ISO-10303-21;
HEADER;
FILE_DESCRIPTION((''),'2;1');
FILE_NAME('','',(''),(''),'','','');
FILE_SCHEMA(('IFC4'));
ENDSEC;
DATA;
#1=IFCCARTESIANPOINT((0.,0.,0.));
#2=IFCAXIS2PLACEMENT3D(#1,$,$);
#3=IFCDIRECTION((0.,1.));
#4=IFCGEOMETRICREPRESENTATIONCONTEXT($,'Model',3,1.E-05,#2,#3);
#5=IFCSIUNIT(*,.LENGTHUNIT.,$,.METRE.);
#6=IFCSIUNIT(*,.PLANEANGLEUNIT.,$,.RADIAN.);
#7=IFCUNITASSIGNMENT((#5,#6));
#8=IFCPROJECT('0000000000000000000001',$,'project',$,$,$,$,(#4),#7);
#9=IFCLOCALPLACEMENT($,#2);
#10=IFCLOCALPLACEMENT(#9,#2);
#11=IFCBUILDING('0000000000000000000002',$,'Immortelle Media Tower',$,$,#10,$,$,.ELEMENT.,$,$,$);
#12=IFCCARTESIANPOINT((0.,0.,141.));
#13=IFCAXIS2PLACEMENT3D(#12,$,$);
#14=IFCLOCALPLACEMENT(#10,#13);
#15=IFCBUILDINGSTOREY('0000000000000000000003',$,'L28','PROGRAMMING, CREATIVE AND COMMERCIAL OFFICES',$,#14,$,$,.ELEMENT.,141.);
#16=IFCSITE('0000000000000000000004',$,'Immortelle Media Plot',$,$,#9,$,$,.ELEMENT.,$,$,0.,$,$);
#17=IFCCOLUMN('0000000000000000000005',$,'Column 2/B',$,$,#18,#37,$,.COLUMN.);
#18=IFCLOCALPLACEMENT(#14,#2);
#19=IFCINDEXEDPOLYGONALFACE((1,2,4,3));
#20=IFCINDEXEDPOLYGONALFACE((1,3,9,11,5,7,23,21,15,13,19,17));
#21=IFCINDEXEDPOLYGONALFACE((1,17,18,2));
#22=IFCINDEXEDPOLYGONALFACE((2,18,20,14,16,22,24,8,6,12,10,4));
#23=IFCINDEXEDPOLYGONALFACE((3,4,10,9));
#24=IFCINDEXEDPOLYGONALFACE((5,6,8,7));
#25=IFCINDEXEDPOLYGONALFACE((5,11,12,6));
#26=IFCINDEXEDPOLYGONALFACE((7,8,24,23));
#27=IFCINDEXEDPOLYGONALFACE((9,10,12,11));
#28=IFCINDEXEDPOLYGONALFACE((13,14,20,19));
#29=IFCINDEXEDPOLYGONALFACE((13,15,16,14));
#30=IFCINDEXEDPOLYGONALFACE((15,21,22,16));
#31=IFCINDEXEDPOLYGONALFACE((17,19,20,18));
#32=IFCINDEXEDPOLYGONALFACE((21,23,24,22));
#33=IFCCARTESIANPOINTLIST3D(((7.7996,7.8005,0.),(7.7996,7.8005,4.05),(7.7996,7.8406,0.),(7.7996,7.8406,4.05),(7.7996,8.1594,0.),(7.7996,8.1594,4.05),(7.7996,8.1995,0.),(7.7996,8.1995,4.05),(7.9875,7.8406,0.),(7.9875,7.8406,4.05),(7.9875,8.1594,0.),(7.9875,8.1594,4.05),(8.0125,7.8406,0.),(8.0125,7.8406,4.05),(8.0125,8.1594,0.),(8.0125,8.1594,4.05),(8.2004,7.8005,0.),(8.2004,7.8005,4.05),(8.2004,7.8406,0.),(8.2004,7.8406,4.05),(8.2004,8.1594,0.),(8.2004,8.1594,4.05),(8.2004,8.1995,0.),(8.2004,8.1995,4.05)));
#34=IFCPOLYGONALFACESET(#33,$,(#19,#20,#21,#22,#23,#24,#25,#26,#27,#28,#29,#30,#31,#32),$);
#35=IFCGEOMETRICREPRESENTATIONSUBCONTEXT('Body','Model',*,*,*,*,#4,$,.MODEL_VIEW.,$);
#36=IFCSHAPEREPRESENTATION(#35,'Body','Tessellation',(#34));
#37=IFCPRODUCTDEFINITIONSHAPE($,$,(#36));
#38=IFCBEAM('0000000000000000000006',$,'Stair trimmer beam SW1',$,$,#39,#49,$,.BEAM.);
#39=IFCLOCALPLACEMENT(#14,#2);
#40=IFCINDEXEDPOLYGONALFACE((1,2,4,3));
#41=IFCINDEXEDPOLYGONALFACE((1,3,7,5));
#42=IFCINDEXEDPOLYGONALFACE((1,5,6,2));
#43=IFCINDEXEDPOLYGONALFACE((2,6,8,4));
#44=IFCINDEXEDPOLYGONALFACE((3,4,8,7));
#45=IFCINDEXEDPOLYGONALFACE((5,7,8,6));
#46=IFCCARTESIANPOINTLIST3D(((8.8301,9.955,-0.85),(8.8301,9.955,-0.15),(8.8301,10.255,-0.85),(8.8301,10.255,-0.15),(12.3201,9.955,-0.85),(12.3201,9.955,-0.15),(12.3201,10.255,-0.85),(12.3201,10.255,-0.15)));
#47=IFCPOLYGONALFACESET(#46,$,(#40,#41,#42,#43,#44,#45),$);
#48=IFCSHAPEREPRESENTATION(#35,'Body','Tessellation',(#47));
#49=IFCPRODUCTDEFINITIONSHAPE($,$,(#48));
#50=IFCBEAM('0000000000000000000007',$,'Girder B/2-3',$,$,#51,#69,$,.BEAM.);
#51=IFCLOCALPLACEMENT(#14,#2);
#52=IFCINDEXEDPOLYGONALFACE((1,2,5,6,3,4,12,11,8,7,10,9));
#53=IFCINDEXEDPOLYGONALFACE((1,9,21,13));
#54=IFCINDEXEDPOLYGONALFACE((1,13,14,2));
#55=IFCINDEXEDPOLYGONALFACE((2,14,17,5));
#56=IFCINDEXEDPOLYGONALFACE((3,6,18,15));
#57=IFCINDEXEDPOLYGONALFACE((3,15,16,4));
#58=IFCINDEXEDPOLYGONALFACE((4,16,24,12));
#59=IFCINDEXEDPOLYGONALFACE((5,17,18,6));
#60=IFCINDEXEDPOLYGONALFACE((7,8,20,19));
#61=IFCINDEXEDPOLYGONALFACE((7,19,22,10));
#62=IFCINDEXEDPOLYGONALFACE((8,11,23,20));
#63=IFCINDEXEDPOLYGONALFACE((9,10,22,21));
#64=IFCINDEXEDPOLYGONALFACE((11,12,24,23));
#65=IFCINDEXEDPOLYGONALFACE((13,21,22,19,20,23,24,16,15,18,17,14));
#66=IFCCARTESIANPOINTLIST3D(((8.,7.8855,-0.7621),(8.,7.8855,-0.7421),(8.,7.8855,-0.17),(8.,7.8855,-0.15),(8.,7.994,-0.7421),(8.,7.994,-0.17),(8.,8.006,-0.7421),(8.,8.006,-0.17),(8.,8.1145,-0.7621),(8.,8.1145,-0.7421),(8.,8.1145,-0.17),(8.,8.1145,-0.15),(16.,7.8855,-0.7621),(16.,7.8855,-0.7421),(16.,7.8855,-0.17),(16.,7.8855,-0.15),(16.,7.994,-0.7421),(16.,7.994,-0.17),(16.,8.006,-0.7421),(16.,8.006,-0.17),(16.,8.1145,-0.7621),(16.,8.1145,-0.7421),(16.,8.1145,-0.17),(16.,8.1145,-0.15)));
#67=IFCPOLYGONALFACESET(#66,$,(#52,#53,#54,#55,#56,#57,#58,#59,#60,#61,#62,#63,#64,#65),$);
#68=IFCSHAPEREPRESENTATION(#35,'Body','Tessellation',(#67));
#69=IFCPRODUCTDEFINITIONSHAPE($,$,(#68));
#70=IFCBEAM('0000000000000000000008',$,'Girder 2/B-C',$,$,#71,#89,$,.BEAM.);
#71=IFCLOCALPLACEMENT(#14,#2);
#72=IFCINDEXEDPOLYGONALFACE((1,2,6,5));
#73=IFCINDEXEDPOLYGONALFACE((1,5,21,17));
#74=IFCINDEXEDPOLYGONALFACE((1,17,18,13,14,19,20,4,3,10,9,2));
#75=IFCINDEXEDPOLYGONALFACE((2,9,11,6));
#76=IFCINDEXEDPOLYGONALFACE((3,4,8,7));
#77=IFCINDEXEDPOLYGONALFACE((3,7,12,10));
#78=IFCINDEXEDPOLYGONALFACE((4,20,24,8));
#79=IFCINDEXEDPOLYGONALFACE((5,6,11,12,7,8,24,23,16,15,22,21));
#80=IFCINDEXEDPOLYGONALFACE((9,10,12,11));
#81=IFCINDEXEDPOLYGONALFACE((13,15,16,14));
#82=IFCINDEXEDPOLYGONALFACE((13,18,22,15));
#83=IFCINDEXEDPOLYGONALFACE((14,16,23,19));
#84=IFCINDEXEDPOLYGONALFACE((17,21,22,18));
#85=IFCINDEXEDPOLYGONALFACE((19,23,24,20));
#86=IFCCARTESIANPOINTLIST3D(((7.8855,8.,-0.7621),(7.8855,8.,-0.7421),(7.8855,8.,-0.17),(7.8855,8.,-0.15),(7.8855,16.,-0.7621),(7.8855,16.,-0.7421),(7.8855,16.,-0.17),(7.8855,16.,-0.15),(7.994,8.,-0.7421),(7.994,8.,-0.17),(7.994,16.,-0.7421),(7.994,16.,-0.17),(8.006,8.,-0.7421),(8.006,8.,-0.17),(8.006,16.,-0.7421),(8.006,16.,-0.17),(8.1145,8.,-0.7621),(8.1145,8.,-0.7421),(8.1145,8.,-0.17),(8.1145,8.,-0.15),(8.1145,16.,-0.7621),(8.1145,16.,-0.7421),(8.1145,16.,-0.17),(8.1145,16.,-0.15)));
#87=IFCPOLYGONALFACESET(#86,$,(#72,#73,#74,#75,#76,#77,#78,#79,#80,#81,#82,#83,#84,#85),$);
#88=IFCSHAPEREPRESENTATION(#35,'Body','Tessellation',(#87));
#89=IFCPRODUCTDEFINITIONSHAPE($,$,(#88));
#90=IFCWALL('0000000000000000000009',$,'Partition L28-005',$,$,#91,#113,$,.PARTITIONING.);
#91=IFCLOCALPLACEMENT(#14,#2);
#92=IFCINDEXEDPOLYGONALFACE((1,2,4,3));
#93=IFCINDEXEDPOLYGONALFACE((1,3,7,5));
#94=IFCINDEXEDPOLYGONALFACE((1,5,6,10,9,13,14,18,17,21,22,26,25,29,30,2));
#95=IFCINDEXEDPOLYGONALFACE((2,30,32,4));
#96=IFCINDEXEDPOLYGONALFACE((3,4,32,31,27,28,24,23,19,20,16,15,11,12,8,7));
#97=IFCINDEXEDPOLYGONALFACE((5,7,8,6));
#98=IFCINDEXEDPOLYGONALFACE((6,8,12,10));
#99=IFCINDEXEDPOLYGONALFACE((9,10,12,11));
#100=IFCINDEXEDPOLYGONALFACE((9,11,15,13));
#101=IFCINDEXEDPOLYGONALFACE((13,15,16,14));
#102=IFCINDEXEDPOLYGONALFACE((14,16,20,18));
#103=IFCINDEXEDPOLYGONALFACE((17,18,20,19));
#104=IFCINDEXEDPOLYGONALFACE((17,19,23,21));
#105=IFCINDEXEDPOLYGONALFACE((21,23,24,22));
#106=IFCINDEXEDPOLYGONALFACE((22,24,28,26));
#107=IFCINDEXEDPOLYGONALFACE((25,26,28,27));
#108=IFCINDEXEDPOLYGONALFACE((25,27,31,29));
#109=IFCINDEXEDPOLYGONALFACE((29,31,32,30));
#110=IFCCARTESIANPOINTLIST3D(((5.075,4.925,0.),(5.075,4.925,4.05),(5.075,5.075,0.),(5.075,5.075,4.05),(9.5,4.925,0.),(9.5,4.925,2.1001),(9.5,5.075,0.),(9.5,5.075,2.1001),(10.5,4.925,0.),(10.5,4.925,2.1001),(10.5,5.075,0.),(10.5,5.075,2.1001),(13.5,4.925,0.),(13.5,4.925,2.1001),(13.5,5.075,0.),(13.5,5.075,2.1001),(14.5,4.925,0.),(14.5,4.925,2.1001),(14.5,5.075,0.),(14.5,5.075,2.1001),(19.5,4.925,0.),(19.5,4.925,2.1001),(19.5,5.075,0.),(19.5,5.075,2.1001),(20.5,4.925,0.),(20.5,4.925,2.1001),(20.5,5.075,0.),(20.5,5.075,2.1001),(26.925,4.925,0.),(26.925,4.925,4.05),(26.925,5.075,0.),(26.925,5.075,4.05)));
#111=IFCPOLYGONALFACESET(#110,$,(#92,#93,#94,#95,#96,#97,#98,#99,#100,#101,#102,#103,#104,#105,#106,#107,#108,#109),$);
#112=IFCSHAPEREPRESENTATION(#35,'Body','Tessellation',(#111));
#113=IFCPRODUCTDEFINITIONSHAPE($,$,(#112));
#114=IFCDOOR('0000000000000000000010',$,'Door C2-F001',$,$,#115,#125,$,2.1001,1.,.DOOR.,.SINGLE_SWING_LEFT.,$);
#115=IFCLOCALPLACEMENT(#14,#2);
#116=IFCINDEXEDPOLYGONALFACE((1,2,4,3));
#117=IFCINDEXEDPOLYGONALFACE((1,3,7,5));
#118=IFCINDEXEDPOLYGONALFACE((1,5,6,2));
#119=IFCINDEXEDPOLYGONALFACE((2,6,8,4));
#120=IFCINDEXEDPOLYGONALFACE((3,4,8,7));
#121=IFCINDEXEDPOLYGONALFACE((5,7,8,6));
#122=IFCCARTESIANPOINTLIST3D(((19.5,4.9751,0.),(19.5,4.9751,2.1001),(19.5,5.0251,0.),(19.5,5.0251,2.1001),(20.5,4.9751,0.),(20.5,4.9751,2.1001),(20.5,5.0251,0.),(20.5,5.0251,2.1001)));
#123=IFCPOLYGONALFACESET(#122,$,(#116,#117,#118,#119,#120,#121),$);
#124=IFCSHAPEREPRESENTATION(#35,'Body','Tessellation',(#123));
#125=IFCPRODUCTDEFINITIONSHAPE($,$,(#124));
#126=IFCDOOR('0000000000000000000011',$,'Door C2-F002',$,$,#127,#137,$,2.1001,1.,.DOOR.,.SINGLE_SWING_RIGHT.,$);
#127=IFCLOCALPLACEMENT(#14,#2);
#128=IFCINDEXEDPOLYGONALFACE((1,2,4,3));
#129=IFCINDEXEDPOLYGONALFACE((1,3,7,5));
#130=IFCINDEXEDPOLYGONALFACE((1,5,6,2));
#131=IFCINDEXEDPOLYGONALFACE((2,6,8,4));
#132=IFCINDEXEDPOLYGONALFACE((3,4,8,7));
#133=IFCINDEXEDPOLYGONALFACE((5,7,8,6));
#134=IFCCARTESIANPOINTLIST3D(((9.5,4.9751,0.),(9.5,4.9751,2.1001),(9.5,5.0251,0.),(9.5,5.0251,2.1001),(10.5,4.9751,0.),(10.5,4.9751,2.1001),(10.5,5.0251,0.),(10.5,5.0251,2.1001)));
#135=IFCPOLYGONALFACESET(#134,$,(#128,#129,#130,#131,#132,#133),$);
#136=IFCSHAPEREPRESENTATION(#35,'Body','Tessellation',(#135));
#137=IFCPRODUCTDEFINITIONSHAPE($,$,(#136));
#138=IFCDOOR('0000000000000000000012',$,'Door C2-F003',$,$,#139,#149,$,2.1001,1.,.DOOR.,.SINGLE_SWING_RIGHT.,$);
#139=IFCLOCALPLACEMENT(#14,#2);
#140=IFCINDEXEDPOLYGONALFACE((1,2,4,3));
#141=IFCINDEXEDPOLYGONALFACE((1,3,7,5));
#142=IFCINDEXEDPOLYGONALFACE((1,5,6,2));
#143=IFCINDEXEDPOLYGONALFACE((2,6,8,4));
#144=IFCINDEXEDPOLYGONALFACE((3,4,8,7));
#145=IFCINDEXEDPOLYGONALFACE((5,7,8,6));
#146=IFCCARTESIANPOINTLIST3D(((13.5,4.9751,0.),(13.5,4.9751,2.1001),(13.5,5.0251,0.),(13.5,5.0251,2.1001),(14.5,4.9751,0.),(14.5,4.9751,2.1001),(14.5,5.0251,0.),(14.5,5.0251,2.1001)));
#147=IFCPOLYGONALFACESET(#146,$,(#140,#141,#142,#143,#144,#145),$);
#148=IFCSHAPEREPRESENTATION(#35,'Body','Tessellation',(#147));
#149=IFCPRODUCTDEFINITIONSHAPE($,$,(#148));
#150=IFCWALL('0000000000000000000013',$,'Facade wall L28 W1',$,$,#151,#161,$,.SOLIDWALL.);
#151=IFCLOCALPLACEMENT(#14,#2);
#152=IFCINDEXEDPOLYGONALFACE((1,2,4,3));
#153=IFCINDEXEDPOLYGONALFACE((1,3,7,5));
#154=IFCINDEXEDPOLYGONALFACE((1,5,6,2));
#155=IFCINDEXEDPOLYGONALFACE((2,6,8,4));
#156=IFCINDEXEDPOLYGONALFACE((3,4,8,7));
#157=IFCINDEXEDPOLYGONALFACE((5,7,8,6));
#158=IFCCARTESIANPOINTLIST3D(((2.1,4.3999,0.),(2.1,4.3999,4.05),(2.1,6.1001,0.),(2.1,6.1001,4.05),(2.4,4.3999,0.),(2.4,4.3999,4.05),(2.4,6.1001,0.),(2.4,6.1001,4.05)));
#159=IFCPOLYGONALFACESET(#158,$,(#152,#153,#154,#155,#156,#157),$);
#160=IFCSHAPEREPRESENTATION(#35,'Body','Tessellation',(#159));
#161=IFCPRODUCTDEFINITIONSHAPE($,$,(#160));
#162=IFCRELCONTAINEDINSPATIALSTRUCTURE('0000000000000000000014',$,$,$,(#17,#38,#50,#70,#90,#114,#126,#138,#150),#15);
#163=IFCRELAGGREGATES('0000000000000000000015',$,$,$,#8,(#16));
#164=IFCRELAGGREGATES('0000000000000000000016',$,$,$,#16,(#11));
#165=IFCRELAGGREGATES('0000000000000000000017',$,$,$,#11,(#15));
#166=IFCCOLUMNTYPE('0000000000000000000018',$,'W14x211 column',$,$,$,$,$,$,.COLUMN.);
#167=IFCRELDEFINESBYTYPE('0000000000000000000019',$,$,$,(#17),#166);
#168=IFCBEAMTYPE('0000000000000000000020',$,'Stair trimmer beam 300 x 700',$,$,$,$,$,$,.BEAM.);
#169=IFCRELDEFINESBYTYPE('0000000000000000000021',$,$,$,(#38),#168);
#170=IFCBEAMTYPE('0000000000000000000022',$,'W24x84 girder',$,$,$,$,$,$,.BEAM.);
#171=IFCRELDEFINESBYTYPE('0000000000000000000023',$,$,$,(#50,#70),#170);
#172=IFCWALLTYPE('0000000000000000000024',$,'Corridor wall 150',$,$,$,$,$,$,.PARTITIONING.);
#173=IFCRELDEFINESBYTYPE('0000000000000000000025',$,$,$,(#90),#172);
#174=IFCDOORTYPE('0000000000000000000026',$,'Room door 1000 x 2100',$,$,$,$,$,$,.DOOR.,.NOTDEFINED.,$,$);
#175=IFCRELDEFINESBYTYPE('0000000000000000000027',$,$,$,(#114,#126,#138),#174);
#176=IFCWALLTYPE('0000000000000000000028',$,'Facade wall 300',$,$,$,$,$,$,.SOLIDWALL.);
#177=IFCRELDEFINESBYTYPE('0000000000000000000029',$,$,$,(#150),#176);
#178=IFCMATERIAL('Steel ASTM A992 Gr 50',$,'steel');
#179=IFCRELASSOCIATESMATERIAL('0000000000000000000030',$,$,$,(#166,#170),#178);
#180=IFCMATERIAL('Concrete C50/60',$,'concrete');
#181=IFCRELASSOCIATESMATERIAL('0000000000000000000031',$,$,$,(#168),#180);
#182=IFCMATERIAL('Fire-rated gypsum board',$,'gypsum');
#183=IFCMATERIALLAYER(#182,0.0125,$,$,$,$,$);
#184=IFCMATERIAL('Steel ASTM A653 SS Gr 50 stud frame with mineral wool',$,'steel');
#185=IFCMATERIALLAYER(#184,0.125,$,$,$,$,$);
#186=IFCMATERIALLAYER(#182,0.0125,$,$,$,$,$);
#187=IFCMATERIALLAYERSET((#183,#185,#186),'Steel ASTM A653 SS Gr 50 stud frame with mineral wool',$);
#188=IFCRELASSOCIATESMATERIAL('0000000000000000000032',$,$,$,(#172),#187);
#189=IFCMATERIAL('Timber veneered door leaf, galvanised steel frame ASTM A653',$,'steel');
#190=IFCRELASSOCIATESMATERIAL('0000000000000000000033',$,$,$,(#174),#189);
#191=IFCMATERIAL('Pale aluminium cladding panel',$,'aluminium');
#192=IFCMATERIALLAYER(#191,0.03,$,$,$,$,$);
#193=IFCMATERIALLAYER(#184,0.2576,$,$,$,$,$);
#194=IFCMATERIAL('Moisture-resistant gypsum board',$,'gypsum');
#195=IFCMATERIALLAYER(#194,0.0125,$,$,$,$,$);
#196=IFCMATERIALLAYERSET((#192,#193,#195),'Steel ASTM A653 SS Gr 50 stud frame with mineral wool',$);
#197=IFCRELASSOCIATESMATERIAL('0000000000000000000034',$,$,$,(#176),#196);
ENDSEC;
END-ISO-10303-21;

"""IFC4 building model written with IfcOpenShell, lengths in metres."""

from ifc_helpers import new_model, si_unit, direction, frame, frame_2d, origin, origin_2d, place, context, subcontext, project, spatial, rectangle, i_section, extrude, material, layer, layer_set, material_profile, profile_set, type_object, element, fill, save


model = new_model("IFC4")

# Units and contexts
model_context = context("Model", 3, precision=1e-05, world=origin(), true_north=direction((0.0, 1.0)))
body_context = subcontext(model_context, "Body", "Model", "MODEL_VIEW")
ifc_project = project(units=[si_unit("LENGTHUNIT", "METRE"), si_unit("PLANEANGLEUNIT", "RADIAN")], contexts=[model_context])

# Site, building, storey
site_placement = place(None, origin())
site = spatial("IfcSite", under=ifc_project, at=site_placement, Name="Immortelle Media Plot", CompositionType="ELEMENT", RefElevation=0.0)
building_placement = place(site_placement, origin())
building = spatial("IfcBuilding", under=site, at=building_placement, Name="Immortelle Media Tower", CompositionType="ELEMENT")
storey_placement = place(building_placement, frame((0.0, 0.0, 141.0)))
storey = spatial("IfcBuildingStorey", under=building, at=storey_placement, Name="L28", Description="PROGRAMMING, CREATIVE AND COMMERCIAL OFFICES", CompositionType="ELEMENT", Elevation=141.0)

# Column
ifc_material_1 = material(Name="Steel ASTM A992 Gr 50", Category="steel")
ifc_material_profile_1 = material_profile(ifc_material_1, i_section(OverallWidth=0.4009, OverallDepth=0.3989, WebThickness=0.0249, FlangeThickness=0.04, at=origin_2d()), Name="W14x211")
ifc_profile_set_1 = profile_set([ifc_material_profile_1], Name="Steel ASTM A992 Gr 50")
column_type = type_object("IfcColumnType", Name="W14x211 column", PredefinedType="COLUMN", material=ifc_profile_set_1)
column_placement = place(storey_placement, frame((8.0, 8.0, 0.0), z_axis=(0.0, 0.0, 1.0), x_axis=(1.0, 0.0, 0.0)))
element("IfcColumn", 1, at=column_placement, inside=storey, type_object=column_type, Name="Column 2/B", PredefinedType="COLUMN", context=body_context, shape_type="SweptSolid", body=[
    extrude(i_section(OverallWidth=0.4009, OverallDepth=0.3989, WebThickness=0.0249, FlangeThickness=0.04, at=origin_2d()), origin(), (0.0, 0.0, 1.0), 4.05),
])

# Beams
ifc_material_2 = material(Name="Concrete C50/60", Category="concrete")
ifc_material_profile_2 = material_profile(ifc_material_2, rectangle(XDim=0.3, YDim=0.7, at=origin_2d()), Name="RC 300x700")
ifc_profile_set_2 = profile_set([ifc_material_profile_2], Name="Concrete C50/60")
beam_type_1 = type_object("IfcBeamType", Name="Stair trimmer beam 300 x 700", PredefinedType="BEAM", material=ifc_profile_set_2)
beam_placement = place(storey_placement, frame((8.8301, 10.105, -0.5), z_axis=(1.0, 0.0, 0.0), x_axis=(0.0, 1.0, 0.0)))
element("IfcBeam", 2, at=beam_placement, inside=storey, type_object=beam_type_1, Name="Stair trimmer beam SW1", PredefinedType="BEAM", context=body_context, shape_type="SweptSolid", body=[
    extrude(rectangle(XDim=0.3, YDim=0.7, at=origin_2d()), origin(), (0.0, 0.0, 1.0), 3.49),
])
ifc_material_profile_3 = material_profile(ifc_material_1, i_section(OverallWidth=0.229, OverallDepth=0.6121, WebThickness=0.012, FlangeThickness=0.02, at=origin_2d()), Name="W24x84")
ifc_profile_set_3 = profile_set([ifc_material_profile_3], Name="Steel ASTM A992 Gr 50")
beam_type_2 = type_object("IfcBeamType", Name="W24x84 girder", PredefinedType="BEAM", material=ifc_profile_set_3)
for number, where, z_axis, x_axis, name in (
    (3, (8.0, 8.0, -0.4561), (1.0, 0.0, 0.0), (0.0, 1.0, 0.0), "Girder B/2-3"),
    (4, (8.0, 8.0, -0.4561), (0.0, 1.0, 0.0), (-1.0, 0.0, 0.0), "Girder 2/B-C"),
):
    element("IfcBeam", number, at=place(storey_placement, frame(where, z_axis=z_axis, x_axis=x_axis)), inside=storey, type_object=beam_type_2, Name=name, PredefinedType="BEAM", context=body_context, shape_type="SweptSolid", body=[
        extrude(i_section(OverallWidth=0.229, OverallDepth=0.6121, WebThickness=0.012, FlangeThickness=0.02, at=origin_2d()), origin(), (0.0, 0.0, 1.0), 8.0),
    ])

# Wall, openings, doors
ifc_material_3 = material(Name="Fire-rated gypsum board", Category="gypsum")
ifc_layer_1 = layer(ifc_material_3, 0.0125)
ifc_material_4 = material(Name="Steel ASTM A653 SS Gr 50 stud frame with mineral wool", Category="steel")
ifc_layer_2 = layer(ifc_material_4, 0.125)
ifc_layer_3 = layer(ifc_material_3, 0.0125)
ifc_layer_set_1 = layer_set([ifc_layer_1, ifc_layer_2, ifc_layer_3], Name="Steel ASTM A653 SS Gr 50 stud frame with mineral wool")
wall_type_1 = type_object("IfcWallType", Name="Corridor wall 150", PredefinedType="PARTITIONING", material=ifc_layer_set_1)
wall_1_placement = place(storey_placement, frame((5.075, 5.0, 0.0), z_axis=(0.0, 0.0, 1.0), x_axis=(1.0, 0.0, 0.0)))
wall_1 = element("IfcWall", 5, at=wall_1_placement, inside=storey, type_object=wall_type_1, Name="Partition L28-005", PredefinedType="PARTITIONING", context=body_context, shape_type="SweptSolid", body=[
    extrude(rectangle(XDim=21.8501, YDim=0.1499, at=frame_2d((10.925, 0.0))), origin(), (0.0, 0.0, 1.0), 4.05),
])
opening_1_placement = place(wall_1_placement, frame((15.425, 0.0, 0.0), z_axis=(0.0, 0.0, 1.0), x_axis=(-1.0, 0.0, 0.0)))
opening_1 = element("IfcOpeningElement", 6, at=opening_1_placement, cuts=wall_1, PredefinedType="OPENING", context=body_context, shape_type="SweptSolid", body=[
    extrude(rectangle(XDim=1.0, YDim=2.1001, at=frame_2d((0.5, 1.05))), frame((0.0, 0.085, 0.0), z_axis=(0.0, -1.0, 0.0), x_axis=(1.0, 0.0, 0.0)), (0.0, 0.0, 1.0), 0.1699),
])
opening_2_placement = place(wall_1_placement, frame((5.425, 0.0, 0.0), z_axis=(0.0, 0.0, 1.0), x_axis=(-1.0, 0.0, 0.0)))
opening_2 = element("IfcOpeningElement", 7, at=opening_2_placement, cuts=wall_1, PredefinedType="OPENING", context=body_context, shape_type="SweptSolid", body=[
    extrude(rectangle(XDim=1.0, YDim=2.1001, at=frame_2d((0.5, 1.05))), frame((0.0, 0.085, 0.0), z_axis=(0.0, -1.0, 0.0), x_axis=(1.0, 0.0, 0.0)), (0.0, 0.0, 1.0), 0.1699),
])
opening_3_placement = place(wall_1_placement, frame((9.425, 0.0, 0.0), z_axis=(0.0, 0.0, 1.0), x_axis=(-1.0, 0.0, 0.0)))
opening_3 = element("IfcOpeningElement", 8, at=opening_3_placement, cuts=wall_1, PredefinedType="OPENING", context=body_context, shape_type="SweptSolid", body=[
    extrude(rectangle(XDim=1.0, YDim=2.1001, at=frame_2d((0.5, 1.05))), frame((0.0, 0.085, 0.0), z_axis=(0.0, -1.0, 0.0), x_axis=(1.0, 0.0, 0.0)), (0.0, 0.0, 1.0), 0.1699),
])
ifc_material_5 = material(Name="Timber veneered door leaf, galvanised steel frame ASTM A653", Category="steel")
door_type_1 = type_object("IfcDoorType", Name="Room door 1000 x 2100", OperationType="NOTDEFINED", PredefinedType="DOOR", material=ifc_material_5)
door_1_placement = place(opening_1_placement, origin())
door_1 = element("IfcDoor", 9, at=door_1_placement, inside=storey, type_object=door_type_1, Name="Door C2-F001", OperationType="SINGLE_SWING_LEFT", OverallHeight=2.1001, OverallWidth=1.0, PredefinedType="DOOR", context=body_context, shape_type="SweptSolid", body=[
    extrude(rectangle(XDim=1.0, YDim=2.1001, at=frame_2d((0.5, 1.05))), frame((0.0, 0.0249, 0.0), z_axis=(0.0, -1.0, 0.0), x_axis=(1.0, 0.0, 0.0)), (0.0, 0.0, 1.0), 0.05),
])
fill(opening_1, door_1)
door_2_placement = place(opening_2_placement, origin())
door_2 = element("IfcDoor", 10, at=door_2_placement, inside=storey, type_object=door_type_1, Name="Door C2-F002", OperationType="SINGLE_SWING_RIGHT", OverallHeight=2.1001, OverallWidth=1.0, PredefinedType="DOOR", context=body_context, shape_type="SweptSolid", body=[
    extrude(rectangle(XDim=1.0, YDim=2.1001, at=frame_2d((0.5, 1.05))), frame((0.0, 0.0249, 0.0), z_axis=(0.0, -1.0, 0.0), x_axis=(1.0, 0.0, 0.0)), (0.0, 0.0, 1.0), 0.05),
])
fill(opening_2, door_2)
door_3_placement = place(opening_3_placement, origin())
door_3 = element("IfcDoor", 11, at=door_3_placement, inside=storey, type_object=door_type_1, Name="Door C2-F003", OperationType="SINGLE_SWING_RIGHT", OverallHeight=2.1001, OverallWidth=1.0, PredefinedType="DOOR", context=body_context, shape_type="SweptSolid", body=[
    extrude(rectangle(XDim=1.0, YDim=2.1001, at=frame_2d((0.5, 1.05))), frame((0.0, 0.0249, 0.0), z_axis=(0.0, -1.0, 0.0), x_axis=(1.0, 0.0, 0.0)), (0.0, 0.0, 1.0), 0.05),
])
fill(opening_3, door_3)

# Wall
ifc_material_6 = material(Name="Pale aluminium cladding panel", Category="aluminium")
ifc_layer_4 = layer(ifc_material_6, 0.03)
ifc_layer_5 = layer(ifc_material_4, 0.2576)
ifc_material_7 = material(Name="Moisture-resistant gypsum board", Category="gypsum")
ifc_layer_6 = layer(ifc_material_7, 0.0125)
ifc_layer_set_2 = layer_set([ifc_layer_4, ifc_layer_5, ifc_layer_6], Name="Steel ASTM A653 SS Gr 50 stud frame with mineral wool")
wall_type_2 = type_object("IfcWallType", Name="Facade wall 300", PredefinedType="SOLIDWALL", material=ifc_layer_set_2)
wall_2_placement = place(storey_placement, frame((2.25, 6.1001, 0.0), z_axis=(0.0, 0.0, 1.0), x_axis=(0.0, -1.0, 0.0)))
element("IfcWall", 12, at=wall_2_placement, inside=storey, type_object=wall_type_2, Name="Facade wall L28 W1", PredefinedType="SOLIDWALL", context=body_context, shape_type="SweptSolid", body=[
    extrude(rectangle(XDim=1.7002, YDim=0.3, at=frame_2d((0.8501, 0.0))), origin(), (0.0, 0.0, 1.0), 4.05),
])

save(model, "model.ifc")
